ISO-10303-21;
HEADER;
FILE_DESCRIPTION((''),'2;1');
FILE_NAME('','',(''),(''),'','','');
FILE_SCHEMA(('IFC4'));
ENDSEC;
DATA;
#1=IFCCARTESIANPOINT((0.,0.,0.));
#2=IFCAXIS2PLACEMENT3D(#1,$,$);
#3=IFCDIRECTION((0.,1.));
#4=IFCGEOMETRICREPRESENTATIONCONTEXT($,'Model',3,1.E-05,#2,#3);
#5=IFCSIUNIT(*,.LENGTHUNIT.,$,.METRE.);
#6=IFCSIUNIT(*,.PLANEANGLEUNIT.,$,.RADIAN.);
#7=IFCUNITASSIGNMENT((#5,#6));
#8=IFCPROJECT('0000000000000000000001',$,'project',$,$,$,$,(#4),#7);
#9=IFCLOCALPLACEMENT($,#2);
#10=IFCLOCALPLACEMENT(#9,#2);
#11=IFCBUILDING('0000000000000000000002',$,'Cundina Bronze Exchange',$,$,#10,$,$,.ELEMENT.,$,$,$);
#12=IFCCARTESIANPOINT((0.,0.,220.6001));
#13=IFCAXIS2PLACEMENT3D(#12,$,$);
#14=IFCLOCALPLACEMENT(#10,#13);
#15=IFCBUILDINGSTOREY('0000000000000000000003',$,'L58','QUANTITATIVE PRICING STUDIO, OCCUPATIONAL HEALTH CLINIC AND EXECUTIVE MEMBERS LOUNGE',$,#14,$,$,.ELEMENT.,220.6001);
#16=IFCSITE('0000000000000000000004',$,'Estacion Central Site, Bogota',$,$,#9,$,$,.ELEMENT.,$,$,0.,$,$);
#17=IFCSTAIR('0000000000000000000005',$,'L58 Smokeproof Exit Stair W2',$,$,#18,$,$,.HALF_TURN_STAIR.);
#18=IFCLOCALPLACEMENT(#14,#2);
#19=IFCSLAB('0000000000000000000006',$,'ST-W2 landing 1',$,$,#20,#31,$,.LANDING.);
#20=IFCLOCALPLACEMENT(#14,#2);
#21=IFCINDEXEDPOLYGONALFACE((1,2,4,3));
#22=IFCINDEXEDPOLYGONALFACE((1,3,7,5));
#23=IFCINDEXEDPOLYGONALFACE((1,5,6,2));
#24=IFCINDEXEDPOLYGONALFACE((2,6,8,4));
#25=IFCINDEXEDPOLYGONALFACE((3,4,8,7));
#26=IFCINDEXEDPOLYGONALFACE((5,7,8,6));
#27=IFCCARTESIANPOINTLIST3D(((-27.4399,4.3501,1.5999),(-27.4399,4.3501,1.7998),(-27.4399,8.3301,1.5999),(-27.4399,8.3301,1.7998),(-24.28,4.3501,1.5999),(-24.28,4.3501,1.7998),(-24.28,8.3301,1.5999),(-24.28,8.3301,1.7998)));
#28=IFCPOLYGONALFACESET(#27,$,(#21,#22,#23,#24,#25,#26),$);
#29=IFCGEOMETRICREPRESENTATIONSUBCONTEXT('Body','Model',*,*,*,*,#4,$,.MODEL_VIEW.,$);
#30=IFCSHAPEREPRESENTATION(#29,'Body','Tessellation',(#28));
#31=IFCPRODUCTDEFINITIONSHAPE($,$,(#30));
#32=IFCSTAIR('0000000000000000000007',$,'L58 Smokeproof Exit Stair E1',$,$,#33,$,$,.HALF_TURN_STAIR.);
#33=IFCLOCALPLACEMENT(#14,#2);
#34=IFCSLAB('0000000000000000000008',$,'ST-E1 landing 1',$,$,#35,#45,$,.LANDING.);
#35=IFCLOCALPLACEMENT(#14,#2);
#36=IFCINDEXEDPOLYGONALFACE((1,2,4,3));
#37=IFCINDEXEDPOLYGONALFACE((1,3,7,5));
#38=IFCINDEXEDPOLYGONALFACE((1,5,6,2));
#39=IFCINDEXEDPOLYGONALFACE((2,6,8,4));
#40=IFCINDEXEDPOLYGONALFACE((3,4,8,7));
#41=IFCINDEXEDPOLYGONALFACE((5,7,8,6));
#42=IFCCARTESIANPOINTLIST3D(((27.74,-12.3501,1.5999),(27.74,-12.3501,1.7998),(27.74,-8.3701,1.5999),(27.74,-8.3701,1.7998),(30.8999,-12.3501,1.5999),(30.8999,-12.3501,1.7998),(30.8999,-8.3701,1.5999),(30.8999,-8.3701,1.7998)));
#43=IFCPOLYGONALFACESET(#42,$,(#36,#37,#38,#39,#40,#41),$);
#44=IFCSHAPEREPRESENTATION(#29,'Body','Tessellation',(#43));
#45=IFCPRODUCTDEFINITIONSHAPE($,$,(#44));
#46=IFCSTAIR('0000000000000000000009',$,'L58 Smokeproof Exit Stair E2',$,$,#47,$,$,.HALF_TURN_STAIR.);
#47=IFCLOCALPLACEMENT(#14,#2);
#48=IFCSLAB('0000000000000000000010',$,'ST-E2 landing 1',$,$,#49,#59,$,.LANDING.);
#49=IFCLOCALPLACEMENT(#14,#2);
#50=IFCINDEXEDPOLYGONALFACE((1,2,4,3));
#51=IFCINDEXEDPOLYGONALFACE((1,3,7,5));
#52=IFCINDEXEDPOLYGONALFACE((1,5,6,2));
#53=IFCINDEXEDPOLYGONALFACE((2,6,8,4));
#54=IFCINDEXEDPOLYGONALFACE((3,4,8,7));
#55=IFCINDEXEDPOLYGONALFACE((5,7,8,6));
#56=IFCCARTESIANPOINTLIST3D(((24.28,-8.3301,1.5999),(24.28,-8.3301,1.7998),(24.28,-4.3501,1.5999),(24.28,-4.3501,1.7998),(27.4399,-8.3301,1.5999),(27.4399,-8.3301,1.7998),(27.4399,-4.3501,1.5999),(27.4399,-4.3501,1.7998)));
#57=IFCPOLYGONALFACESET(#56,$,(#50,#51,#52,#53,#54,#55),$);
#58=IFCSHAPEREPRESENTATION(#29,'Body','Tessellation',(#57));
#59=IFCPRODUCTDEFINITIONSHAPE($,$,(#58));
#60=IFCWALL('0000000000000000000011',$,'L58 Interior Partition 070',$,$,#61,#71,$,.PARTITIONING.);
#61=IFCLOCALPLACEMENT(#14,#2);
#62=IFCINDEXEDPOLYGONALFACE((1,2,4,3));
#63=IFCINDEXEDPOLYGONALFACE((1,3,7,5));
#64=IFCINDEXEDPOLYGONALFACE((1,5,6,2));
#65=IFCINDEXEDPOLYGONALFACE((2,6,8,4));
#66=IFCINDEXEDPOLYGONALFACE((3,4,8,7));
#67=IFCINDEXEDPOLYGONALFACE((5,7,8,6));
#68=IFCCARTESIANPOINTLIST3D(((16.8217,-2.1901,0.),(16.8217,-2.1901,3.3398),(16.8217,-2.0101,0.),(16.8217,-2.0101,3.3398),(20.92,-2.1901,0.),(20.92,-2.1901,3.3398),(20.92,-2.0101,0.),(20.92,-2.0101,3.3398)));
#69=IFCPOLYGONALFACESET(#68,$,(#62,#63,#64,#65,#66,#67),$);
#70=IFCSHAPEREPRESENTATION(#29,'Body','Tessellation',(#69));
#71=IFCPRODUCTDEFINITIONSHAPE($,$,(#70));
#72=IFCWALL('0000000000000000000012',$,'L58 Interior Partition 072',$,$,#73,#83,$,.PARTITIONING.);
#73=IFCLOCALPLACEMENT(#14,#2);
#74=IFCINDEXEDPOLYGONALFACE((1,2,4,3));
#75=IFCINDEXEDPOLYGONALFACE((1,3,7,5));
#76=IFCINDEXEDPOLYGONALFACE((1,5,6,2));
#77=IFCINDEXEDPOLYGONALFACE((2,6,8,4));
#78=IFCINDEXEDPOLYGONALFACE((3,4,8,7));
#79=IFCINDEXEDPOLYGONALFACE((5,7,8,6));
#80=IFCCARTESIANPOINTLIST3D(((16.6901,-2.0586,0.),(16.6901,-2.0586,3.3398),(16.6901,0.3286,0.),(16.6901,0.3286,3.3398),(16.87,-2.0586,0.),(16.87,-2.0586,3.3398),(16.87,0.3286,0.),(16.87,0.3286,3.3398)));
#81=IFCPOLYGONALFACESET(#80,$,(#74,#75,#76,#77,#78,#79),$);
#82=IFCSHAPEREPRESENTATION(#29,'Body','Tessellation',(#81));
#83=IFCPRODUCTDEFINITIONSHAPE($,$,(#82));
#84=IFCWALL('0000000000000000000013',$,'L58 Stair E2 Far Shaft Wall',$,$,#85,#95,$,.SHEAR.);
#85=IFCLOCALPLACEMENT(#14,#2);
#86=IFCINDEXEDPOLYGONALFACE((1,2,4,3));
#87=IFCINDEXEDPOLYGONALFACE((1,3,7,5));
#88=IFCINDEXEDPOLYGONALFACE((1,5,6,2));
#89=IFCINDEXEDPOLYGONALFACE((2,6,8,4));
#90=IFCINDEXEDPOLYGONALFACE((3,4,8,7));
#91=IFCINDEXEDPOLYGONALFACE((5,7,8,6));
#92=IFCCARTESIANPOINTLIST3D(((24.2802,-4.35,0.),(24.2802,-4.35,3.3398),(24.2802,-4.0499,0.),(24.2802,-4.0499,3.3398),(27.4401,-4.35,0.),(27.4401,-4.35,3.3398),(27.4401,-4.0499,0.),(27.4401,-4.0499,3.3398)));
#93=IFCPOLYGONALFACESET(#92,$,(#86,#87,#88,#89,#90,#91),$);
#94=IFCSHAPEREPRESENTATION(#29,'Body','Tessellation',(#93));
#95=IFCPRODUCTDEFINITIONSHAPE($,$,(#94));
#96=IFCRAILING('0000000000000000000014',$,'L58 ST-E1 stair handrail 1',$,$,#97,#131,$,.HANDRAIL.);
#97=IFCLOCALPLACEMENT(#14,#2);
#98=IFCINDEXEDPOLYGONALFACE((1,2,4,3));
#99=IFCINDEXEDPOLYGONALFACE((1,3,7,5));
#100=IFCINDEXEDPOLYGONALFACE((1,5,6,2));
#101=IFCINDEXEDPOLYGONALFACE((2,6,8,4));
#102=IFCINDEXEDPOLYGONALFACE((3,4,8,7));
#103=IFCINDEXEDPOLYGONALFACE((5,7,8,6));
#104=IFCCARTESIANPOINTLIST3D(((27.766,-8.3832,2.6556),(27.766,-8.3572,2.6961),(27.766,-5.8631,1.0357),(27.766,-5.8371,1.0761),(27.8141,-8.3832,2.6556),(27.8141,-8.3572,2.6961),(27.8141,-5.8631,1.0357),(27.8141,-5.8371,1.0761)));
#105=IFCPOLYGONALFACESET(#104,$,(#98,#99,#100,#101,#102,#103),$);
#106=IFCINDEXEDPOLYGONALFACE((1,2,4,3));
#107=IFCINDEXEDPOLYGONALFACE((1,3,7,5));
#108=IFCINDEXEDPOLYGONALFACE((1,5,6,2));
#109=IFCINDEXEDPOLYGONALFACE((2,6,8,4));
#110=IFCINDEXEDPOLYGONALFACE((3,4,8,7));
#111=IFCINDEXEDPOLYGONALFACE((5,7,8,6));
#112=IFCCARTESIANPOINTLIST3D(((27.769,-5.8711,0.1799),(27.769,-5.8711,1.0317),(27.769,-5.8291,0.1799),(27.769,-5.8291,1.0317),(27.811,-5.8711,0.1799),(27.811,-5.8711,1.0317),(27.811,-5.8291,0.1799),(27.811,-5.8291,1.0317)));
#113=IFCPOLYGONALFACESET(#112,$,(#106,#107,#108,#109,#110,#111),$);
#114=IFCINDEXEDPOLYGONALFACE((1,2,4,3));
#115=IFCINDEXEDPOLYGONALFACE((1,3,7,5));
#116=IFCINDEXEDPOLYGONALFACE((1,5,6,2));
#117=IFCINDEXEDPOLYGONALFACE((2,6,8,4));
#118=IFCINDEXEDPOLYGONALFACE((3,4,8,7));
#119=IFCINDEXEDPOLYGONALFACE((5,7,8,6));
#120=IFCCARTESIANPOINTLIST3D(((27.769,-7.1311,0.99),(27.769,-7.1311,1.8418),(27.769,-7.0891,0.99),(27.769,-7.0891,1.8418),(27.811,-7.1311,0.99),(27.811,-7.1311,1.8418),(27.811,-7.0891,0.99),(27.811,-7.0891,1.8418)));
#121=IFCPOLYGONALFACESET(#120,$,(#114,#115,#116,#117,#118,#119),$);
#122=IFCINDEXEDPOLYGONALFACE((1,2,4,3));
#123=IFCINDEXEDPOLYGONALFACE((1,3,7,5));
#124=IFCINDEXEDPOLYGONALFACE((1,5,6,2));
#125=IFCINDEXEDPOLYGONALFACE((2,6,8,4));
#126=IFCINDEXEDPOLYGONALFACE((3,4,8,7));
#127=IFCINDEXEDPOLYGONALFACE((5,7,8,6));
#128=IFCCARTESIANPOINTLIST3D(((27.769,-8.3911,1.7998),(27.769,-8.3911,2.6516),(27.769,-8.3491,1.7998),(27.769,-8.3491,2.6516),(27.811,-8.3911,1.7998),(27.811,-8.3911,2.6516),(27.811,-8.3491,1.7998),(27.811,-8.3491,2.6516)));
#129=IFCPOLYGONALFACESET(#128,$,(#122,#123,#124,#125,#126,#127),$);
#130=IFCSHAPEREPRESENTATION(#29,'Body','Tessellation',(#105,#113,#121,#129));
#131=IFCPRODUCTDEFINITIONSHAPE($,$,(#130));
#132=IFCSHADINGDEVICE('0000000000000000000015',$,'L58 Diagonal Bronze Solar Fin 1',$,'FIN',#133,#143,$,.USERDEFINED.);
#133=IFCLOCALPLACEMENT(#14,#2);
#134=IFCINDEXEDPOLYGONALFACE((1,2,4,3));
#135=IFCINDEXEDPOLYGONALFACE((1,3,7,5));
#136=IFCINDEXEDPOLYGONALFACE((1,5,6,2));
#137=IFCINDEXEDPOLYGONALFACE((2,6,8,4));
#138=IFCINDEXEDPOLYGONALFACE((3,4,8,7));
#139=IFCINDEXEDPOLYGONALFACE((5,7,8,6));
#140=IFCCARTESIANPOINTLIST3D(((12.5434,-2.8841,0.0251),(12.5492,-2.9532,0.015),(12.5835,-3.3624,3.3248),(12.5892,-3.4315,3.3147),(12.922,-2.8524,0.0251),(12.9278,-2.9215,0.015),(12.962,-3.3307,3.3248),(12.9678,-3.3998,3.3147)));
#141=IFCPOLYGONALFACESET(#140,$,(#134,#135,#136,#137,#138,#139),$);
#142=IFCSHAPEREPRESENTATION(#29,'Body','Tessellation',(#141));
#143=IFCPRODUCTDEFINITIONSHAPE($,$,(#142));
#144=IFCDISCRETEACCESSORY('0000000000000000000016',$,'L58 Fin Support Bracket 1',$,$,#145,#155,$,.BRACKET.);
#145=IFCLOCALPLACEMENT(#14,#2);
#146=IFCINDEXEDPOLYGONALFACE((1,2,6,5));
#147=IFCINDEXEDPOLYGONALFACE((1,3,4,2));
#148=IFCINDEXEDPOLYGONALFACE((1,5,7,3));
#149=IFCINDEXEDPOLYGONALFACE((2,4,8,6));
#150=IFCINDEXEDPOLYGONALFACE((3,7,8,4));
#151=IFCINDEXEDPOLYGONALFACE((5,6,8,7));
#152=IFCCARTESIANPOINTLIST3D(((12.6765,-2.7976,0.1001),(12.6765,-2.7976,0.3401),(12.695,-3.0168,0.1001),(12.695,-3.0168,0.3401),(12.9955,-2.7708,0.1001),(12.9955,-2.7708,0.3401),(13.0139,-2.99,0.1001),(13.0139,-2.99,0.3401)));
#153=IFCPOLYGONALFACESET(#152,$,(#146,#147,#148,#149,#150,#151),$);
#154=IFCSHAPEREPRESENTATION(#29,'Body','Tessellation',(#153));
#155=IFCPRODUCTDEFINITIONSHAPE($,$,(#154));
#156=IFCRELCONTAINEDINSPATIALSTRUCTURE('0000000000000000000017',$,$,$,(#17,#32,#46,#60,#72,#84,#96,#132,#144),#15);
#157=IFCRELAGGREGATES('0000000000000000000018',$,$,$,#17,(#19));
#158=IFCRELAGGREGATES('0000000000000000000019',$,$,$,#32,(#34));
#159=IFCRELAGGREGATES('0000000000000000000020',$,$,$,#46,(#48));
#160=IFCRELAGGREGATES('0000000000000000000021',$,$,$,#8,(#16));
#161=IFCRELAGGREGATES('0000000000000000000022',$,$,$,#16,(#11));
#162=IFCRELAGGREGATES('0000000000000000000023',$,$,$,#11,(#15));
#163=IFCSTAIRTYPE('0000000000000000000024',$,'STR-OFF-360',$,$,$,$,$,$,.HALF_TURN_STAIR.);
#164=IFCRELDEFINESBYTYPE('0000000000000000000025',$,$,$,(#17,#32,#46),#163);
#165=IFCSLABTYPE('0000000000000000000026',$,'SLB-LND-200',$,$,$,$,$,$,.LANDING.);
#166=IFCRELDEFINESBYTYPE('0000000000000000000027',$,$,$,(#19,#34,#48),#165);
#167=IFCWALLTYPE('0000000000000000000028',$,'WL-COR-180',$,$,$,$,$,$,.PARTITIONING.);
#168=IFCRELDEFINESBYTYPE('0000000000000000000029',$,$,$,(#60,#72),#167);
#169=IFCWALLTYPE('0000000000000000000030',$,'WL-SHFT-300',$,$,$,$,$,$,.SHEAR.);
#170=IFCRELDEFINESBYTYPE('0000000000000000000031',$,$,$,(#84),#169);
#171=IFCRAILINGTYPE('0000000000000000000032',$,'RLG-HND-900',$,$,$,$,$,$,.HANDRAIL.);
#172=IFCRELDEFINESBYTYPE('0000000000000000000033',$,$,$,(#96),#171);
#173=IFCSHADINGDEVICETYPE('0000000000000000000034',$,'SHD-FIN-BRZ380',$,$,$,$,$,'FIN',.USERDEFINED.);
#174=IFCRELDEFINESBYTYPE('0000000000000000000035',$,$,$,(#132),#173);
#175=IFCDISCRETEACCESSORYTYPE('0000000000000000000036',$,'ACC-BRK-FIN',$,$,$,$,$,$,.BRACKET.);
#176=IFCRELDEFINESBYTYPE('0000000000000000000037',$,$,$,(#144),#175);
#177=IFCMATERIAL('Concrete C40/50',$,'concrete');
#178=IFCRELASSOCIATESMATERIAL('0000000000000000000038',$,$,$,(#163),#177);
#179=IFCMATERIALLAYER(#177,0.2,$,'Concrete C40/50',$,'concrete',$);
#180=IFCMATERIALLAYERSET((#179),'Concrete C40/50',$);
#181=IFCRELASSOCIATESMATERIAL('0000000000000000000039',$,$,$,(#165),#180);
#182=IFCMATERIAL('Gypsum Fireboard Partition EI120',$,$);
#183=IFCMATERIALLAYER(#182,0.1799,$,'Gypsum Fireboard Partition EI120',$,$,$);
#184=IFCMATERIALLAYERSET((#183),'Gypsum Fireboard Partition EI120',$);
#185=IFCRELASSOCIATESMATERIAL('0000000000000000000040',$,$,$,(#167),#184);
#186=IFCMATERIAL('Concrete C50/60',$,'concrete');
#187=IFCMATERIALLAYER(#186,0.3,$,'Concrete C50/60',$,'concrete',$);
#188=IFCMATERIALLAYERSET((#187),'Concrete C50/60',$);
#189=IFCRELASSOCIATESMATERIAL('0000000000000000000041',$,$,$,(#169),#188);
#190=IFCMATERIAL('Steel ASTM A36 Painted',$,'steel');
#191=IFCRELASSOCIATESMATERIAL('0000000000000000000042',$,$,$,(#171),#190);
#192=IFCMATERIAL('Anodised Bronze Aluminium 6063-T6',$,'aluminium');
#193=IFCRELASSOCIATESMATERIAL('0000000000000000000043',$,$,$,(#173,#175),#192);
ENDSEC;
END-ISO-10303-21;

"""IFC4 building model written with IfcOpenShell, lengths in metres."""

from ifc_helpers import new_model, si_unit, direction, frame, frame_2d, origin, origin_2d, place, context, subcontext, project, spatial, polyline, rectangle, outline, extrude, material, layer, layer_set, material_profile, profile_set, type_object, element, aggregate, save


model = new_model("IFC4")

# Units and contexts
model_context = context("Model", 3, precision=1e-05, world=origin(), true_north=direction((0.0, 1.0)))
body_context = subcontext(model_context, "Body", "Model", "MODEL_VIEW")
ifc_project = project(units=[si_unit("LENGTHUNIT", "METRE"), si_unit("PLANEANGLEUNIT", "RADIAN")], contexts=[model_context])

# Site, building, storey
site_placement = place(None, origin())
site = spatial("IfcSite", under=ifc_project, at=site_placement, Name="Estacion Central Site, Bogota", CompositionType="ELEMENT", RefElevation=0.0)
building_placement = place(site_placement, origin())
building = spatial("IfcBuilding", under=site, at=building_placement, Name="Cundina Bronze Exchange", CompositionType="ELEMENT")
storey_placement = place(building_placement, frame((0.0, 0.0, 220.6001)))
storey = spatial("IfcBuildingStorey", under=building, at=storey_placement, Name="L58", Description="QUANTITATIVE PRICING STUDIO, OCCUPATIONAL HEALTH CLINIC AND EXECUTIVE MEMBERS LOUNGE", CompositionType="ELEMENT", Elevation=220.6001)

# Shared definitions
ifc_material_1 = material(Name="Concrete C50/60", Category="concrete")

# Shared definitions
ifc_material_2 = material(Name="Anodised Bronze Aluminium 6063-T6", Category="aluminium")

# Stairs, slabs
ifc_material_3 = material(Name="Concrete C40/50", Category="concrete")
stair_type = type_object("IfcStairType", Name="STR-OFF-360", PredefinedType="HALF_TURN_STAIR", material=ifc_material_3)
ifc_layer_1 = layer(ifc_material_3, 0.2, Name="Concrete C40/50", Category="concrete")
ifc_layer_set_1 = layer_set([ifc_layer_1], Name="Concrete C40/50")
slab_type = type_object("IfcSlabType", Name="SLB-LND-200", PredefinedType="LANDING", material=ifc_layer_set_1)
stair_1_placement = place(storey_placement, origin())
stair_1 = element("IfcStair", 1, at=stair_1_placement, inside=storey, type_object=stair_type, Name="L58 Smokeproof Exit Stair W2", PredefinedType="HALF_TURN_STAIR")
slab_1_placement = place(storey_placement, frame((0.0, 0.0, 1.5999)))
slab_1 = element("IfcSlab", 2, at=slab_1_placement, type_object=slab_type, Name="ST-W2 landing 1", PredefinedType="LANDING", context=body_context, shape_type="SweptSolid", body=[
    extrude(outline(polyline([(-27.4399, 8.3301), (-27.4399, 4.3501), (-24.28, 4.3501), (-24.28, 8.3301), (-27.4399, 8.3301)])), origin(), (0.0, 0.0, 1.0), 0.2),
])
aggregate(stair_1, [slab_1])
stair_2_placement = place(storey_placement, origin())
stair_2 = element("IfcStair", 3, at=stair_2_placement, inside=storey, type_object=stair_type, Name="L58 Smokeproof Exit Stair E1", PredefinedType="HALF_TURN_STAIR")
slab_2_placement = place(storey_placement, frame((0.0, 0.0, 1.5999)))
slab_2 = element("IfcSlab", 4, at=slab_2_placement, type_object=slab_type, Name="ST-E1 landing 1", PredefinedType="LANDING", context=body_context, shape_type="SweptSolid", body=[
    extrude(outline(polyline([(27.74, -8.3701), (27.74, -12.3501), (30.8999, -12.3501), (30.8999, -8.3701), (27.74, -8.3701)])), origin(), (0.0, 0.0, 1.0), 0.2),
])
aggregate(stair_2, [slab_2])
stair_3_placement = place(storey_placement, origin())
stair_3 = element("IfcStair", 5, at=stair_3_placement, inside=storey, type_object=stair_type, Name="L58 Smokeproof Exit Stair E2", PredefinedType="HALF_TURN_STAIR")
slab_3_placement = place(storey_placement, frame((0.0, 0.0, 1.5999)))
slab_3 = element("IfcSlab", 6, at=slab_3_placement, type_object=slab_type, Name="ST-E2 landing 1", PredefinedType="LANDING", context=body_context, shape_type="SweptSolid", body=[
    extrude(outline(polyline([(27.4399, -8.3301), (27.4399, -4.3501), (24.28, -4.3501), (24.28, -8.3301), (27.4399, -8.3301)])), origin(), (0.0, 0.0, 1.0), 0.2),
])
aggregate(stair_3, [slab_3])

# Shared definitions
ifc_material_4 = material(Name="Gypsum Fireboard Partition EI120")
ifc_layer_2 = layer(ifc_material_4, 0.1799, Name="Gypsum Fireboard Partition EI120")
ifc_layer_set_2 = layer_set([ifc_layer_2], Name="Gypsum Fireboard Partition EI120")
wall_type_1 = type_object("IfcWallType", Name="WL-COR-180", PredefinedType="PARTITIONING", material=ifc_layer_set_2)
ifc_material_5 = material(Name="Steel ASTM A36 Painted", Category="steel")

# Walls
wall_1_placement = place(storey_placement, frame((16.8215, -2.1001, 0.0), z_axis=(0.0, 0.0, 1.0), x_axis=(1.0, 0.0, 0.0)))
element("IfcWall", 7, at=wall_1_placement, inside=storey, type_object=wall_type_1, Name="L58 Interior Partition 070", PredefinedType="PARTITIONING", context=body_context, shape_type="SweptSolid", body=[
    extrude(rectangle(XDim=4.0984, YDim=0.1799, at=frame_2d((2.0493, 0.0))), origin(), (0.0, 0.0, 1.0), 3.3398),
])
wall_2_placement = place(storey_placement, frame((16.78, 0.3286, 0.0), z_axis=(0.0, 0.0, 1.0), x_axis=(0.0, -1.0, 0.0)))
element("IfcWall", 8, at=wall_2_placement, inside=storey, type_object=wall_type_1, Name="L58 Interior Partition 072", PredefinedType="PARTITIONING", context=body_context, shape_type="SweptSolid", body=[
    extrude(rectangle(XDim=2.3872, YDim=0.1799, at=frame_2d((1.1936, 0.0))), origin(), (0.0, 0.0, 1.0), 3.3398),
])

# Shared definitions
ifc_layer_3 = layer(ifc_material_1, 0.3, Name="Concrete C50/60", Category="concrete")
ifc_layer_set_3 = layer_set([ifc_layer_3], Name="Concrete C50/60")
wall_type_2 = type_object("IfcWallType", Name="WL-SHFT-300", PredefinedType="SHEAR", material=ifc_layer_set_3)

# Wall
wall_3_placement = place(storey_placement, frame((24.28, -4.2, 0.0), z_axis=(0.0, 0.0, 1.0), x_axis=(1.0, 0.0, 0.0)))
element("IfcWall", 9, at=wall_3_placement, inside=storey, type_object=wall_type_2, Name="L58 Stair E2 Far Shaft Wall", PredefinedType="SHEAR", context=body_context, shape_type="SweptSolid", body=[
    extrude(rectangle(XDim=3.1599, YDim=0.3, at=frame_2d((1.5801, 0.0))), origin(), (0.0, 0.0, 1.0), 3.3398),
])

# Railing
railing_type = type_object("IfcRailingType", Name="RLG-HND-900", PredefinedType="HANDRAIL", material=ifc_material_5)
railing_placement = place(storey_placement, frame((27.79, -5.8501, 0.1799)))
element("IfcRailing", 10, at=railing_placement, inside=storey, type_object=railing_type, Name="L58 ST-E1 stair handrail 1", PredefinedType="HANDRAIL", context=body_context, shape_type="SweptSolid", body=[
    extrude(rectangle(XDim=0.0481, YDim=0.0481, at=origin_2d()), frame((0.0, 0.0, 0.876), z_axis=(0.0, -0.8412, 0.540725), x_axis=(1.0, 0.0, 0.0)), (0.0, 0.0, 1.0), 2.9958),
    extrude(rectangle(XDim=0.042, YDim=0.042, at=origin_2d()), origin(), (0.0, 0.0, 1.0), 0.8518),
    extrude(rectangle(XDim=0.042, YDim=0.042, at=origin_2d()), frame((0.0, -1.26, 0.8101)), (0.0, 0.0, 1.0), 0.8518),
    extrude(rectangle(XDim=0.042, YDim=0.042, at=origin_2d()), frame((0.0, -2.52, 1.6199)), (0.0, 0.0, 1.0), 0.8518),
])

# Shading device
ifc_material_profile_1 = material_profile(ifc_material_2, rectangle(XDim=0.0701, YDim=0.3799, at=origin_2d()), Name="FIN70X380", Category="aluminium")
ifc_profile_set_1 = profile_set([ifc_material_profile_1], Name="Anodised Bronze Aluminium 6063-T6")
shading_device_type = type_object("IfcShadingDeviceType", Name="SHD-FIN-BRZ380", ElementType="FIN", PredefinedType="USERDEFINED", material=ifc_profile_set_1)
shading_device_placement = place(storey_placement, frame((12.7356, -2.9028, 0.02), z_axis=(0.012007, -0.14343, 0.989588), x_axis=(-0.082556, 0.986138, 0.143932)))
element("IfcShadingDevice", 11, at=shading_device_placement, inside=storey, type_object=shading_device_type, Name="L58 Diagonal Bronze Solar Fin 1", ObjectType="FIN", PredefinedType="USERDEFINED", context=body_context, shape_type="SweptSolid", body=[
    extrude(rectangle(XDim=0.0701, YDim=0.3799, at=origin_2d()), origin(), (0.0, 0.0, 1.0), 3.3345),
])

# Discrete accessory
discrete_accessory_type = type_object("IfcDiscreteAccessoryType", Name="ACC-BRK-FIN", PredefinedType="BRACKET", material=ifc_material_2)
discrete_accessory_placement = place(storey_placement, frame((12.8452, -2.8938, 0.1001), z_axis=(0.0, 0.0, 1.0), x_axis=(0.083747, -0.996487, 0.0)))
element("IfcDiscreteAccessory", 12, at=discrete_accessory_placement, inside=storey, type_object=discrete_accessory_type, Name="L58 Fin Support Bracket 1", PredefinedType="BRACKET", context=body_context, shape_type="SweptSolid", body=[
    extrude(rectangle(XDim=0.22, YDim=0.3201, at=origin_2d()), origin(), (0.0, 0.0, 1.0), 0.24),
])

save(model, "model.ifc")
